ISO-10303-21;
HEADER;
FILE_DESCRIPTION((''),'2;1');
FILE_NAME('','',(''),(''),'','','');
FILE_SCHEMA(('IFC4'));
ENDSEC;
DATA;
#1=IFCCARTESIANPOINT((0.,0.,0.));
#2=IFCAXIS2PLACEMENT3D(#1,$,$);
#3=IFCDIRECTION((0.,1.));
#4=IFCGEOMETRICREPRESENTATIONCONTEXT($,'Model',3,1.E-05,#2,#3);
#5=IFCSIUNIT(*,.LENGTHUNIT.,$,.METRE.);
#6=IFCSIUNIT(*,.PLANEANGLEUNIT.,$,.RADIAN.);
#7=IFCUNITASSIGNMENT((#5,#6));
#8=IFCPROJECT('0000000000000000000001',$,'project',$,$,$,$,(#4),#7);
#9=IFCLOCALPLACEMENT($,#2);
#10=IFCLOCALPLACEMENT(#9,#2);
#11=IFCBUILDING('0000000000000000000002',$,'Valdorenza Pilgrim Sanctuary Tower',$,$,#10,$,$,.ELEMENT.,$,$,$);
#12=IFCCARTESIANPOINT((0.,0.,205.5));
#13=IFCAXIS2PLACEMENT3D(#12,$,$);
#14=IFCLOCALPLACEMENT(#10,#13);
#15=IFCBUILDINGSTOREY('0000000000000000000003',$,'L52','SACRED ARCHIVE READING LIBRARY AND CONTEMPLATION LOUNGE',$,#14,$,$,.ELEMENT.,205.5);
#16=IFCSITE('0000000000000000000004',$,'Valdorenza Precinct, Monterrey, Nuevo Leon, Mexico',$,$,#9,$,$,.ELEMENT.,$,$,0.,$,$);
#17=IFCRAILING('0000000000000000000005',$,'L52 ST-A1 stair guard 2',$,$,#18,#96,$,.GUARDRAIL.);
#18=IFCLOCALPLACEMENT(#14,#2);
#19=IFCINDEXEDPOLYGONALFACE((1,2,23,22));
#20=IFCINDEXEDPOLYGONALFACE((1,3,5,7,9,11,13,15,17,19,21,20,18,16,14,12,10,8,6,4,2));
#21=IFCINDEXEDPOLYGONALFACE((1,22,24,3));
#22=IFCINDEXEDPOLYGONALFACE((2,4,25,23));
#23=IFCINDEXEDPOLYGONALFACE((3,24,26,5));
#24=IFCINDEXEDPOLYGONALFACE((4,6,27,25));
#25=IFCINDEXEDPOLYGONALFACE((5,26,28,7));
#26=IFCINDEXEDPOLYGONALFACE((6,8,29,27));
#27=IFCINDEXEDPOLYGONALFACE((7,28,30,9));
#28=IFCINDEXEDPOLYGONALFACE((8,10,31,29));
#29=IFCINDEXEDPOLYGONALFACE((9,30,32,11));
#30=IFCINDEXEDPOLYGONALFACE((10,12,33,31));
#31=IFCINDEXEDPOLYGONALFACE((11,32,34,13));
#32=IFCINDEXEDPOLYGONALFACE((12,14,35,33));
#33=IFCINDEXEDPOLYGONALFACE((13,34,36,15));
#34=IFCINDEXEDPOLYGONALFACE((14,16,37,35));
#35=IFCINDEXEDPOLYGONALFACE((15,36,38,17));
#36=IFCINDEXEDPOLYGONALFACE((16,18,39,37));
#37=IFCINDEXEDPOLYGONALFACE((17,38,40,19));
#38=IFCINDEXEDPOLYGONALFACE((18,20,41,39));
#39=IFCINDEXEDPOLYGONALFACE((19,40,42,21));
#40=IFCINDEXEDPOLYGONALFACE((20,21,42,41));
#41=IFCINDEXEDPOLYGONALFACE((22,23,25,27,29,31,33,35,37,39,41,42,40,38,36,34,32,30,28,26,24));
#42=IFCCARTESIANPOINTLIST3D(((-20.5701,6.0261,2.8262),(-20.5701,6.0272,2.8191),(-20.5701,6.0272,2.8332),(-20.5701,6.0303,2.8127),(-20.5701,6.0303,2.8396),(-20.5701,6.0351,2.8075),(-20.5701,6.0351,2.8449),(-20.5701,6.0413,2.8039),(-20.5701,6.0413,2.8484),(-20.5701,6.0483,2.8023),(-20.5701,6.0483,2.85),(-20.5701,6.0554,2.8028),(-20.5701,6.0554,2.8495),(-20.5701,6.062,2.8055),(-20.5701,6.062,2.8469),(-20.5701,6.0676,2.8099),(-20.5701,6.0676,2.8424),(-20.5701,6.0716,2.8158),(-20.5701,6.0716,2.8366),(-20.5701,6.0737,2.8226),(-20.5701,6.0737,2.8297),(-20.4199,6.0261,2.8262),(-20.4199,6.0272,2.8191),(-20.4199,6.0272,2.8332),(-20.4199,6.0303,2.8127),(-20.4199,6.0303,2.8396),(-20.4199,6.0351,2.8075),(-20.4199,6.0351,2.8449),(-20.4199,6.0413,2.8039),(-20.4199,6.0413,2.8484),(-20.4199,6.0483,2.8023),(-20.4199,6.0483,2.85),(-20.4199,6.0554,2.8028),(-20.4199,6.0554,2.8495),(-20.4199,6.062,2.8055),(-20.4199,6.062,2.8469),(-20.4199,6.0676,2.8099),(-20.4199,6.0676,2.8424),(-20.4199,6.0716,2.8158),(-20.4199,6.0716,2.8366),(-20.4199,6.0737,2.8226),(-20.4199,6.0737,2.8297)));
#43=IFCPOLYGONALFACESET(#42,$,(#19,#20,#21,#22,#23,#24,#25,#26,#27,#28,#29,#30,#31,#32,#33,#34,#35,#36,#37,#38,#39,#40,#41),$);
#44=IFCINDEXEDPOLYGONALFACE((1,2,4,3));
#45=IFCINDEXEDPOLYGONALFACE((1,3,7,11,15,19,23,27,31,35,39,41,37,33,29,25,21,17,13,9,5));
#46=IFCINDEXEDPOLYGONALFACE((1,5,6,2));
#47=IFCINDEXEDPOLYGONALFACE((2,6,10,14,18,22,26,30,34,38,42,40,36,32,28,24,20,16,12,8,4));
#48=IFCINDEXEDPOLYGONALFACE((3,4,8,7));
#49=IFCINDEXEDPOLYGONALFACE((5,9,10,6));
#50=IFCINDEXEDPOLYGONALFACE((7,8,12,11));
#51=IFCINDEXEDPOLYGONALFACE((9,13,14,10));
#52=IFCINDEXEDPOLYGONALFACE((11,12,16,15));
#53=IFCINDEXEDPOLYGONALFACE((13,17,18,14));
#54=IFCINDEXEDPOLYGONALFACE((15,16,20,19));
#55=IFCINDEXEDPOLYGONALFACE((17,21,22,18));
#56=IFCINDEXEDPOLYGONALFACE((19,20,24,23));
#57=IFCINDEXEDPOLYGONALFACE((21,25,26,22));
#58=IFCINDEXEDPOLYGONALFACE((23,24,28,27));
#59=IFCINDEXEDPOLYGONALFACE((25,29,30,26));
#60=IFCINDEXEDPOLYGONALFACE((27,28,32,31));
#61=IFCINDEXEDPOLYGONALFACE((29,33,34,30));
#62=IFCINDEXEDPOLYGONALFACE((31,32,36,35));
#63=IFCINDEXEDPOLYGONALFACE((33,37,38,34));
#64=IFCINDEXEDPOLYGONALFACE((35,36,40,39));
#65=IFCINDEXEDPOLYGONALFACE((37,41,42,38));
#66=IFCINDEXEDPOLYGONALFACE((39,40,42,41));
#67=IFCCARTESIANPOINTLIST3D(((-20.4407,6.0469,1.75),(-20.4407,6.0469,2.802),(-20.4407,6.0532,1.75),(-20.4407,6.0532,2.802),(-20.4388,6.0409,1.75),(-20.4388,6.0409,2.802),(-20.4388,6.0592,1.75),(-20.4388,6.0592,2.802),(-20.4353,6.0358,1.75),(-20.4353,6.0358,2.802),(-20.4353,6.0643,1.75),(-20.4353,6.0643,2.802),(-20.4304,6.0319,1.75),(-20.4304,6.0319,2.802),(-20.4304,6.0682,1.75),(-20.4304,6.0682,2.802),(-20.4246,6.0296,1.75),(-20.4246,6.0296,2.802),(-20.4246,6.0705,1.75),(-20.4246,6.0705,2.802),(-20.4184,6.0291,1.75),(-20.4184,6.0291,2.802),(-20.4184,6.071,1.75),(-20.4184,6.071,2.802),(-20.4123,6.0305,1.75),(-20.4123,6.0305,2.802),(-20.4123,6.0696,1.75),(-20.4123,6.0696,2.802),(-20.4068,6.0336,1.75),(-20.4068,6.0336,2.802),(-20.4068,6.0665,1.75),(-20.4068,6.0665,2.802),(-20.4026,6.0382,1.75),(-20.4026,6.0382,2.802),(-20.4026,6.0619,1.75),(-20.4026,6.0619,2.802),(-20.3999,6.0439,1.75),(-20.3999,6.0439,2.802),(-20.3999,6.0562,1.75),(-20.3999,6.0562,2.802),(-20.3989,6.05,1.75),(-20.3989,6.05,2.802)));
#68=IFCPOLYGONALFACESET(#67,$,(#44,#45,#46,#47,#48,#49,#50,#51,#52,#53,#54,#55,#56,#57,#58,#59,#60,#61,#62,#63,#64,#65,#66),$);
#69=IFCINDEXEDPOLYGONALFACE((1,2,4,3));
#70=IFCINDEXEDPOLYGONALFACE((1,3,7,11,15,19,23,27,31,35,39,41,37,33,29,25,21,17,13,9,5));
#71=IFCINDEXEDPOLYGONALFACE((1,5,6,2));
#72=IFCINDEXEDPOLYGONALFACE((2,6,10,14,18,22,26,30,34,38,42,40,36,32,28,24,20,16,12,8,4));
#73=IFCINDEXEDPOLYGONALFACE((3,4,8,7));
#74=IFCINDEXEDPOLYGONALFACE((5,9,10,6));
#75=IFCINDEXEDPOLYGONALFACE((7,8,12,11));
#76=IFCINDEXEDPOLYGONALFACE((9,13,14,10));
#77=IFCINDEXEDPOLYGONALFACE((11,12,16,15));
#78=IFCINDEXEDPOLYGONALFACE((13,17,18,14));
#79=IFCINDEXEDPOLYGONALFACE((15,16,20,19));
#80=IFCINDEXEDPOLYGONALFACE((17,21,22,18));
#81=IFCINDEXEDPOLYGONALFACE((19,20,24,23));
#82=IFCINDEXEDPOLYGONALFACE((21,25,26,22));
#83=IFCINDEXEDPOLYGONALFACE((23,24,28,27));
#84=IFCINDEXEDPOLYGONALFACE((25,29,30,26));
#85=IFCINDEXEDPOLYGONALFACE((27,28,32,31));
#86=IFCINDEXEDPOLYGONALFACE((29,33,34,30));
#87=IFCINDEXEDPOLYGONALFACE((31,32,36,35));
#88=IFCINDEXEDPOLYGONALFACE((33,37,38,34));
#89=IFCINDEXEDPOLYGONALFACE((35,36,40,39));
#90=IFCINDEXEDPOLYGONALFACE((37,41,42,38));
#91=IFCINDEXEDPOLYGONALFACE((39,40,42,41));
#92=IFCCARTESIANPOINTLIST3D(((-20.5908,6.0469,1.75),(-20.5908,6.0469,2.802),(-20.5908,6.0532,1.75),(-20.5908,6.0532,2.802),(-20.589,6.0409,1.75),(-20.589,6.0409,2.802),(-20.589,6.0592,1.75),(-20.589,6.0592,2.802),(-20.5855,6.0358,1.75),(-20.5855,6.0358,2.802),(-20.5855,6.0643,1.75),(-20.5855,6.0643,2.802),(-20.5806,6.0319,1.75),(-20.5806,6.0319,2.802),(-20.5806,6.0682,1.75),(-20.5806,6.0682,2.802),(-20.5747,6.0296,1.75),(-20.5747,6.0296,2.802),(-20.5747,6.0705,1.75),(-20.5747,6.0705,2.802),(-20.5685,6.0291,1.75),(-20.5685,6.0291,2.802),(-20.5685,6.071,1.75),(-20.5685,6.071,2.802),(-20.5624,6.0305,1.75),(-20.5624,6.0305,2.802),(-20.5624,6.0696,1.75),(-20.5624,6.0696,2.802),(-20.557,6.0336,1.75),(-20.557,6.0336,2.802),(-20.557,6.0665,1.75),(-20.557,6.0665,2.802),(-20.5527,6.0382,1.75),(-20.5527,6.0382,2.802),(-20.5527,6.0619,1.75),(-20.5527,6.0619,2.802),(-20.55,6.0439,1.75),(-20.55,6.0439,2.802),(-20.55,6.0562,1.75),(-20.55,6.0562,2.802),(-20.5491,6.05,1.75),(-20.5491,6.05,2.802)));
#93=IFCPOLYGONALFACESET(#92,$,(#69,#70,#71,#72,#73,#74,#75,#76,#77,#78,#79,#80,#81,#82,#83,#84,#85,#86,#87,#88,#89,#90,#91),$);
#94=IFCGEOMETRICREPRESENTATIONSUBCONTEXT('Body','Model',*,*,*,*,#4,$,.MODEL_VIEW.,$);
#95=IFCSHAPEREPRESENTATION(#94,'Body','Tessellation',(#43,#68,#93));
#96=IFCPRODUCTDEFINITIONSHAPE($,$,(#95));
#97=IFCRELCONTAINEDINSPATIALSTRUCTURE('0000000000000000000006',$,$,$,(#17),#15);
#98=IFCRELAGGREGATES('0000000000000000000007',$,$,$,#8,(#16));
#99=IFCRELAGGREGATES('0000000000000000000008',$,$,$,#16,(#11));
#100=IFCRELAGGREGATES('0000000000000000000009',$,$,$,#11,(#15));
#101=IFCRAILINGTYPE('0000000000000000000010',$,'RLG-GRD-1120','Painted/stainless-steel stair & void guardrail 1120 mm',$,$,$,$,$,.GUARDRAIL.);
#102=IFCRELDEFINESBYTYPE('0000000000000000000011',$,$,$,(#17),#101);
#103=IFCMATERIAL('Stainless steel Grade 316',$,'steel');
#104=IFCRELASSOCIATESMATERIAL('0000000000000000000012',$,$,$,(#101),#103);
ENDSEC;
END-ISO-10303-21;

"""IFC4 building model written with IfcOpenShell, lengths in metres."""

from ifc_helpers import new_model, si_unit, direction, frame, origin, origin_2d, place, context, subcontext, project, spatial, circle, extrude, material, type_object, element, save


model = new_model("IFC4")

# Units and contexts
model_context = context("Model", 3, precision=1e-05, world=origin(), true_north=direction((0.0, 1.0)))
body_context = subcontext(model_context, "Body", "Model", "MODEL_VIEW")
ifc_project = project(units=[si_unit("LENGTHUNIT", "METRE"), si_unit("PLANEANGLEUNIT", "RADIAN")], contexts=[model_context])

# Site, building, storey
site_placement = place(None, origin())
site = spatial("IfcSite", under=ifc_project, at=site_placement, Name="Valdorenza Precinct, Monterrey, Nuevo Leon, Mexico", CompositionType="ELEMENT", RefElevation=0.0)
building_placement = place(site_placement, origin())
building = spatial("IfcBuilding", under=site, at=building_placement, Name="Valdorenza Pilgrim Sanctuary Tower", CompositionType="ELEMENT")
storey_placement = place(building_placement, frame((0.0, 0.0, 205.5)))
storey = spatial("IfcBuildingStorey", under=building, at=storey_placement, Name="L52", Description="SACRED ARCHIVE READING LIBRARY AND CONTEMPLATION LOUNGE", CompositionType="ELEMENT", Elevation=205.5)

# Railing
ifc_material_1 = material(Name="Stainless steel Grade 316", Category="steel")
railing_type_1 = type_object("IfcRailingType", Name="RLG-GRD-1120", Description="Painted/stainless-steel stair & void guardrail 1120 mm", PredefinedType="GUARDRAIL", material=ifc_material_1)
railing_1_placement = place(storey_placement, frame((-20.4199, 6.05, 1.75)))
element("IfcRailing", 1, at=railing_1_placement, inside=storey, type_object=railing_type_1, Name="L52 ST-A1 stair guard 2", PredefinedType="GUARDRAIL", context=body_context, shape_type="SweptSolid", body=[
    extrude(circle(Radius=0.0239, at=origin_2d()), frame((0.0, 0.0, 1.0762), z_axis=(-1.0, 0.0, 0.0), x_axis=(0.0, -1.0, 0.0)), (0.0, 0.0, 1.0), 0.1501),
    extrude(circle(Radius=0.021, at=origin_2d()), origin(), (0.0, 0.0, 1.0), 1.052),
    extrude(circle(Radius=0.021, at=origin_2d()), frame((-0.1501, 0.0, 0.0)), (0.0, 0.0, 1.0), 1.052),
])

save(model, "model.ifc")
